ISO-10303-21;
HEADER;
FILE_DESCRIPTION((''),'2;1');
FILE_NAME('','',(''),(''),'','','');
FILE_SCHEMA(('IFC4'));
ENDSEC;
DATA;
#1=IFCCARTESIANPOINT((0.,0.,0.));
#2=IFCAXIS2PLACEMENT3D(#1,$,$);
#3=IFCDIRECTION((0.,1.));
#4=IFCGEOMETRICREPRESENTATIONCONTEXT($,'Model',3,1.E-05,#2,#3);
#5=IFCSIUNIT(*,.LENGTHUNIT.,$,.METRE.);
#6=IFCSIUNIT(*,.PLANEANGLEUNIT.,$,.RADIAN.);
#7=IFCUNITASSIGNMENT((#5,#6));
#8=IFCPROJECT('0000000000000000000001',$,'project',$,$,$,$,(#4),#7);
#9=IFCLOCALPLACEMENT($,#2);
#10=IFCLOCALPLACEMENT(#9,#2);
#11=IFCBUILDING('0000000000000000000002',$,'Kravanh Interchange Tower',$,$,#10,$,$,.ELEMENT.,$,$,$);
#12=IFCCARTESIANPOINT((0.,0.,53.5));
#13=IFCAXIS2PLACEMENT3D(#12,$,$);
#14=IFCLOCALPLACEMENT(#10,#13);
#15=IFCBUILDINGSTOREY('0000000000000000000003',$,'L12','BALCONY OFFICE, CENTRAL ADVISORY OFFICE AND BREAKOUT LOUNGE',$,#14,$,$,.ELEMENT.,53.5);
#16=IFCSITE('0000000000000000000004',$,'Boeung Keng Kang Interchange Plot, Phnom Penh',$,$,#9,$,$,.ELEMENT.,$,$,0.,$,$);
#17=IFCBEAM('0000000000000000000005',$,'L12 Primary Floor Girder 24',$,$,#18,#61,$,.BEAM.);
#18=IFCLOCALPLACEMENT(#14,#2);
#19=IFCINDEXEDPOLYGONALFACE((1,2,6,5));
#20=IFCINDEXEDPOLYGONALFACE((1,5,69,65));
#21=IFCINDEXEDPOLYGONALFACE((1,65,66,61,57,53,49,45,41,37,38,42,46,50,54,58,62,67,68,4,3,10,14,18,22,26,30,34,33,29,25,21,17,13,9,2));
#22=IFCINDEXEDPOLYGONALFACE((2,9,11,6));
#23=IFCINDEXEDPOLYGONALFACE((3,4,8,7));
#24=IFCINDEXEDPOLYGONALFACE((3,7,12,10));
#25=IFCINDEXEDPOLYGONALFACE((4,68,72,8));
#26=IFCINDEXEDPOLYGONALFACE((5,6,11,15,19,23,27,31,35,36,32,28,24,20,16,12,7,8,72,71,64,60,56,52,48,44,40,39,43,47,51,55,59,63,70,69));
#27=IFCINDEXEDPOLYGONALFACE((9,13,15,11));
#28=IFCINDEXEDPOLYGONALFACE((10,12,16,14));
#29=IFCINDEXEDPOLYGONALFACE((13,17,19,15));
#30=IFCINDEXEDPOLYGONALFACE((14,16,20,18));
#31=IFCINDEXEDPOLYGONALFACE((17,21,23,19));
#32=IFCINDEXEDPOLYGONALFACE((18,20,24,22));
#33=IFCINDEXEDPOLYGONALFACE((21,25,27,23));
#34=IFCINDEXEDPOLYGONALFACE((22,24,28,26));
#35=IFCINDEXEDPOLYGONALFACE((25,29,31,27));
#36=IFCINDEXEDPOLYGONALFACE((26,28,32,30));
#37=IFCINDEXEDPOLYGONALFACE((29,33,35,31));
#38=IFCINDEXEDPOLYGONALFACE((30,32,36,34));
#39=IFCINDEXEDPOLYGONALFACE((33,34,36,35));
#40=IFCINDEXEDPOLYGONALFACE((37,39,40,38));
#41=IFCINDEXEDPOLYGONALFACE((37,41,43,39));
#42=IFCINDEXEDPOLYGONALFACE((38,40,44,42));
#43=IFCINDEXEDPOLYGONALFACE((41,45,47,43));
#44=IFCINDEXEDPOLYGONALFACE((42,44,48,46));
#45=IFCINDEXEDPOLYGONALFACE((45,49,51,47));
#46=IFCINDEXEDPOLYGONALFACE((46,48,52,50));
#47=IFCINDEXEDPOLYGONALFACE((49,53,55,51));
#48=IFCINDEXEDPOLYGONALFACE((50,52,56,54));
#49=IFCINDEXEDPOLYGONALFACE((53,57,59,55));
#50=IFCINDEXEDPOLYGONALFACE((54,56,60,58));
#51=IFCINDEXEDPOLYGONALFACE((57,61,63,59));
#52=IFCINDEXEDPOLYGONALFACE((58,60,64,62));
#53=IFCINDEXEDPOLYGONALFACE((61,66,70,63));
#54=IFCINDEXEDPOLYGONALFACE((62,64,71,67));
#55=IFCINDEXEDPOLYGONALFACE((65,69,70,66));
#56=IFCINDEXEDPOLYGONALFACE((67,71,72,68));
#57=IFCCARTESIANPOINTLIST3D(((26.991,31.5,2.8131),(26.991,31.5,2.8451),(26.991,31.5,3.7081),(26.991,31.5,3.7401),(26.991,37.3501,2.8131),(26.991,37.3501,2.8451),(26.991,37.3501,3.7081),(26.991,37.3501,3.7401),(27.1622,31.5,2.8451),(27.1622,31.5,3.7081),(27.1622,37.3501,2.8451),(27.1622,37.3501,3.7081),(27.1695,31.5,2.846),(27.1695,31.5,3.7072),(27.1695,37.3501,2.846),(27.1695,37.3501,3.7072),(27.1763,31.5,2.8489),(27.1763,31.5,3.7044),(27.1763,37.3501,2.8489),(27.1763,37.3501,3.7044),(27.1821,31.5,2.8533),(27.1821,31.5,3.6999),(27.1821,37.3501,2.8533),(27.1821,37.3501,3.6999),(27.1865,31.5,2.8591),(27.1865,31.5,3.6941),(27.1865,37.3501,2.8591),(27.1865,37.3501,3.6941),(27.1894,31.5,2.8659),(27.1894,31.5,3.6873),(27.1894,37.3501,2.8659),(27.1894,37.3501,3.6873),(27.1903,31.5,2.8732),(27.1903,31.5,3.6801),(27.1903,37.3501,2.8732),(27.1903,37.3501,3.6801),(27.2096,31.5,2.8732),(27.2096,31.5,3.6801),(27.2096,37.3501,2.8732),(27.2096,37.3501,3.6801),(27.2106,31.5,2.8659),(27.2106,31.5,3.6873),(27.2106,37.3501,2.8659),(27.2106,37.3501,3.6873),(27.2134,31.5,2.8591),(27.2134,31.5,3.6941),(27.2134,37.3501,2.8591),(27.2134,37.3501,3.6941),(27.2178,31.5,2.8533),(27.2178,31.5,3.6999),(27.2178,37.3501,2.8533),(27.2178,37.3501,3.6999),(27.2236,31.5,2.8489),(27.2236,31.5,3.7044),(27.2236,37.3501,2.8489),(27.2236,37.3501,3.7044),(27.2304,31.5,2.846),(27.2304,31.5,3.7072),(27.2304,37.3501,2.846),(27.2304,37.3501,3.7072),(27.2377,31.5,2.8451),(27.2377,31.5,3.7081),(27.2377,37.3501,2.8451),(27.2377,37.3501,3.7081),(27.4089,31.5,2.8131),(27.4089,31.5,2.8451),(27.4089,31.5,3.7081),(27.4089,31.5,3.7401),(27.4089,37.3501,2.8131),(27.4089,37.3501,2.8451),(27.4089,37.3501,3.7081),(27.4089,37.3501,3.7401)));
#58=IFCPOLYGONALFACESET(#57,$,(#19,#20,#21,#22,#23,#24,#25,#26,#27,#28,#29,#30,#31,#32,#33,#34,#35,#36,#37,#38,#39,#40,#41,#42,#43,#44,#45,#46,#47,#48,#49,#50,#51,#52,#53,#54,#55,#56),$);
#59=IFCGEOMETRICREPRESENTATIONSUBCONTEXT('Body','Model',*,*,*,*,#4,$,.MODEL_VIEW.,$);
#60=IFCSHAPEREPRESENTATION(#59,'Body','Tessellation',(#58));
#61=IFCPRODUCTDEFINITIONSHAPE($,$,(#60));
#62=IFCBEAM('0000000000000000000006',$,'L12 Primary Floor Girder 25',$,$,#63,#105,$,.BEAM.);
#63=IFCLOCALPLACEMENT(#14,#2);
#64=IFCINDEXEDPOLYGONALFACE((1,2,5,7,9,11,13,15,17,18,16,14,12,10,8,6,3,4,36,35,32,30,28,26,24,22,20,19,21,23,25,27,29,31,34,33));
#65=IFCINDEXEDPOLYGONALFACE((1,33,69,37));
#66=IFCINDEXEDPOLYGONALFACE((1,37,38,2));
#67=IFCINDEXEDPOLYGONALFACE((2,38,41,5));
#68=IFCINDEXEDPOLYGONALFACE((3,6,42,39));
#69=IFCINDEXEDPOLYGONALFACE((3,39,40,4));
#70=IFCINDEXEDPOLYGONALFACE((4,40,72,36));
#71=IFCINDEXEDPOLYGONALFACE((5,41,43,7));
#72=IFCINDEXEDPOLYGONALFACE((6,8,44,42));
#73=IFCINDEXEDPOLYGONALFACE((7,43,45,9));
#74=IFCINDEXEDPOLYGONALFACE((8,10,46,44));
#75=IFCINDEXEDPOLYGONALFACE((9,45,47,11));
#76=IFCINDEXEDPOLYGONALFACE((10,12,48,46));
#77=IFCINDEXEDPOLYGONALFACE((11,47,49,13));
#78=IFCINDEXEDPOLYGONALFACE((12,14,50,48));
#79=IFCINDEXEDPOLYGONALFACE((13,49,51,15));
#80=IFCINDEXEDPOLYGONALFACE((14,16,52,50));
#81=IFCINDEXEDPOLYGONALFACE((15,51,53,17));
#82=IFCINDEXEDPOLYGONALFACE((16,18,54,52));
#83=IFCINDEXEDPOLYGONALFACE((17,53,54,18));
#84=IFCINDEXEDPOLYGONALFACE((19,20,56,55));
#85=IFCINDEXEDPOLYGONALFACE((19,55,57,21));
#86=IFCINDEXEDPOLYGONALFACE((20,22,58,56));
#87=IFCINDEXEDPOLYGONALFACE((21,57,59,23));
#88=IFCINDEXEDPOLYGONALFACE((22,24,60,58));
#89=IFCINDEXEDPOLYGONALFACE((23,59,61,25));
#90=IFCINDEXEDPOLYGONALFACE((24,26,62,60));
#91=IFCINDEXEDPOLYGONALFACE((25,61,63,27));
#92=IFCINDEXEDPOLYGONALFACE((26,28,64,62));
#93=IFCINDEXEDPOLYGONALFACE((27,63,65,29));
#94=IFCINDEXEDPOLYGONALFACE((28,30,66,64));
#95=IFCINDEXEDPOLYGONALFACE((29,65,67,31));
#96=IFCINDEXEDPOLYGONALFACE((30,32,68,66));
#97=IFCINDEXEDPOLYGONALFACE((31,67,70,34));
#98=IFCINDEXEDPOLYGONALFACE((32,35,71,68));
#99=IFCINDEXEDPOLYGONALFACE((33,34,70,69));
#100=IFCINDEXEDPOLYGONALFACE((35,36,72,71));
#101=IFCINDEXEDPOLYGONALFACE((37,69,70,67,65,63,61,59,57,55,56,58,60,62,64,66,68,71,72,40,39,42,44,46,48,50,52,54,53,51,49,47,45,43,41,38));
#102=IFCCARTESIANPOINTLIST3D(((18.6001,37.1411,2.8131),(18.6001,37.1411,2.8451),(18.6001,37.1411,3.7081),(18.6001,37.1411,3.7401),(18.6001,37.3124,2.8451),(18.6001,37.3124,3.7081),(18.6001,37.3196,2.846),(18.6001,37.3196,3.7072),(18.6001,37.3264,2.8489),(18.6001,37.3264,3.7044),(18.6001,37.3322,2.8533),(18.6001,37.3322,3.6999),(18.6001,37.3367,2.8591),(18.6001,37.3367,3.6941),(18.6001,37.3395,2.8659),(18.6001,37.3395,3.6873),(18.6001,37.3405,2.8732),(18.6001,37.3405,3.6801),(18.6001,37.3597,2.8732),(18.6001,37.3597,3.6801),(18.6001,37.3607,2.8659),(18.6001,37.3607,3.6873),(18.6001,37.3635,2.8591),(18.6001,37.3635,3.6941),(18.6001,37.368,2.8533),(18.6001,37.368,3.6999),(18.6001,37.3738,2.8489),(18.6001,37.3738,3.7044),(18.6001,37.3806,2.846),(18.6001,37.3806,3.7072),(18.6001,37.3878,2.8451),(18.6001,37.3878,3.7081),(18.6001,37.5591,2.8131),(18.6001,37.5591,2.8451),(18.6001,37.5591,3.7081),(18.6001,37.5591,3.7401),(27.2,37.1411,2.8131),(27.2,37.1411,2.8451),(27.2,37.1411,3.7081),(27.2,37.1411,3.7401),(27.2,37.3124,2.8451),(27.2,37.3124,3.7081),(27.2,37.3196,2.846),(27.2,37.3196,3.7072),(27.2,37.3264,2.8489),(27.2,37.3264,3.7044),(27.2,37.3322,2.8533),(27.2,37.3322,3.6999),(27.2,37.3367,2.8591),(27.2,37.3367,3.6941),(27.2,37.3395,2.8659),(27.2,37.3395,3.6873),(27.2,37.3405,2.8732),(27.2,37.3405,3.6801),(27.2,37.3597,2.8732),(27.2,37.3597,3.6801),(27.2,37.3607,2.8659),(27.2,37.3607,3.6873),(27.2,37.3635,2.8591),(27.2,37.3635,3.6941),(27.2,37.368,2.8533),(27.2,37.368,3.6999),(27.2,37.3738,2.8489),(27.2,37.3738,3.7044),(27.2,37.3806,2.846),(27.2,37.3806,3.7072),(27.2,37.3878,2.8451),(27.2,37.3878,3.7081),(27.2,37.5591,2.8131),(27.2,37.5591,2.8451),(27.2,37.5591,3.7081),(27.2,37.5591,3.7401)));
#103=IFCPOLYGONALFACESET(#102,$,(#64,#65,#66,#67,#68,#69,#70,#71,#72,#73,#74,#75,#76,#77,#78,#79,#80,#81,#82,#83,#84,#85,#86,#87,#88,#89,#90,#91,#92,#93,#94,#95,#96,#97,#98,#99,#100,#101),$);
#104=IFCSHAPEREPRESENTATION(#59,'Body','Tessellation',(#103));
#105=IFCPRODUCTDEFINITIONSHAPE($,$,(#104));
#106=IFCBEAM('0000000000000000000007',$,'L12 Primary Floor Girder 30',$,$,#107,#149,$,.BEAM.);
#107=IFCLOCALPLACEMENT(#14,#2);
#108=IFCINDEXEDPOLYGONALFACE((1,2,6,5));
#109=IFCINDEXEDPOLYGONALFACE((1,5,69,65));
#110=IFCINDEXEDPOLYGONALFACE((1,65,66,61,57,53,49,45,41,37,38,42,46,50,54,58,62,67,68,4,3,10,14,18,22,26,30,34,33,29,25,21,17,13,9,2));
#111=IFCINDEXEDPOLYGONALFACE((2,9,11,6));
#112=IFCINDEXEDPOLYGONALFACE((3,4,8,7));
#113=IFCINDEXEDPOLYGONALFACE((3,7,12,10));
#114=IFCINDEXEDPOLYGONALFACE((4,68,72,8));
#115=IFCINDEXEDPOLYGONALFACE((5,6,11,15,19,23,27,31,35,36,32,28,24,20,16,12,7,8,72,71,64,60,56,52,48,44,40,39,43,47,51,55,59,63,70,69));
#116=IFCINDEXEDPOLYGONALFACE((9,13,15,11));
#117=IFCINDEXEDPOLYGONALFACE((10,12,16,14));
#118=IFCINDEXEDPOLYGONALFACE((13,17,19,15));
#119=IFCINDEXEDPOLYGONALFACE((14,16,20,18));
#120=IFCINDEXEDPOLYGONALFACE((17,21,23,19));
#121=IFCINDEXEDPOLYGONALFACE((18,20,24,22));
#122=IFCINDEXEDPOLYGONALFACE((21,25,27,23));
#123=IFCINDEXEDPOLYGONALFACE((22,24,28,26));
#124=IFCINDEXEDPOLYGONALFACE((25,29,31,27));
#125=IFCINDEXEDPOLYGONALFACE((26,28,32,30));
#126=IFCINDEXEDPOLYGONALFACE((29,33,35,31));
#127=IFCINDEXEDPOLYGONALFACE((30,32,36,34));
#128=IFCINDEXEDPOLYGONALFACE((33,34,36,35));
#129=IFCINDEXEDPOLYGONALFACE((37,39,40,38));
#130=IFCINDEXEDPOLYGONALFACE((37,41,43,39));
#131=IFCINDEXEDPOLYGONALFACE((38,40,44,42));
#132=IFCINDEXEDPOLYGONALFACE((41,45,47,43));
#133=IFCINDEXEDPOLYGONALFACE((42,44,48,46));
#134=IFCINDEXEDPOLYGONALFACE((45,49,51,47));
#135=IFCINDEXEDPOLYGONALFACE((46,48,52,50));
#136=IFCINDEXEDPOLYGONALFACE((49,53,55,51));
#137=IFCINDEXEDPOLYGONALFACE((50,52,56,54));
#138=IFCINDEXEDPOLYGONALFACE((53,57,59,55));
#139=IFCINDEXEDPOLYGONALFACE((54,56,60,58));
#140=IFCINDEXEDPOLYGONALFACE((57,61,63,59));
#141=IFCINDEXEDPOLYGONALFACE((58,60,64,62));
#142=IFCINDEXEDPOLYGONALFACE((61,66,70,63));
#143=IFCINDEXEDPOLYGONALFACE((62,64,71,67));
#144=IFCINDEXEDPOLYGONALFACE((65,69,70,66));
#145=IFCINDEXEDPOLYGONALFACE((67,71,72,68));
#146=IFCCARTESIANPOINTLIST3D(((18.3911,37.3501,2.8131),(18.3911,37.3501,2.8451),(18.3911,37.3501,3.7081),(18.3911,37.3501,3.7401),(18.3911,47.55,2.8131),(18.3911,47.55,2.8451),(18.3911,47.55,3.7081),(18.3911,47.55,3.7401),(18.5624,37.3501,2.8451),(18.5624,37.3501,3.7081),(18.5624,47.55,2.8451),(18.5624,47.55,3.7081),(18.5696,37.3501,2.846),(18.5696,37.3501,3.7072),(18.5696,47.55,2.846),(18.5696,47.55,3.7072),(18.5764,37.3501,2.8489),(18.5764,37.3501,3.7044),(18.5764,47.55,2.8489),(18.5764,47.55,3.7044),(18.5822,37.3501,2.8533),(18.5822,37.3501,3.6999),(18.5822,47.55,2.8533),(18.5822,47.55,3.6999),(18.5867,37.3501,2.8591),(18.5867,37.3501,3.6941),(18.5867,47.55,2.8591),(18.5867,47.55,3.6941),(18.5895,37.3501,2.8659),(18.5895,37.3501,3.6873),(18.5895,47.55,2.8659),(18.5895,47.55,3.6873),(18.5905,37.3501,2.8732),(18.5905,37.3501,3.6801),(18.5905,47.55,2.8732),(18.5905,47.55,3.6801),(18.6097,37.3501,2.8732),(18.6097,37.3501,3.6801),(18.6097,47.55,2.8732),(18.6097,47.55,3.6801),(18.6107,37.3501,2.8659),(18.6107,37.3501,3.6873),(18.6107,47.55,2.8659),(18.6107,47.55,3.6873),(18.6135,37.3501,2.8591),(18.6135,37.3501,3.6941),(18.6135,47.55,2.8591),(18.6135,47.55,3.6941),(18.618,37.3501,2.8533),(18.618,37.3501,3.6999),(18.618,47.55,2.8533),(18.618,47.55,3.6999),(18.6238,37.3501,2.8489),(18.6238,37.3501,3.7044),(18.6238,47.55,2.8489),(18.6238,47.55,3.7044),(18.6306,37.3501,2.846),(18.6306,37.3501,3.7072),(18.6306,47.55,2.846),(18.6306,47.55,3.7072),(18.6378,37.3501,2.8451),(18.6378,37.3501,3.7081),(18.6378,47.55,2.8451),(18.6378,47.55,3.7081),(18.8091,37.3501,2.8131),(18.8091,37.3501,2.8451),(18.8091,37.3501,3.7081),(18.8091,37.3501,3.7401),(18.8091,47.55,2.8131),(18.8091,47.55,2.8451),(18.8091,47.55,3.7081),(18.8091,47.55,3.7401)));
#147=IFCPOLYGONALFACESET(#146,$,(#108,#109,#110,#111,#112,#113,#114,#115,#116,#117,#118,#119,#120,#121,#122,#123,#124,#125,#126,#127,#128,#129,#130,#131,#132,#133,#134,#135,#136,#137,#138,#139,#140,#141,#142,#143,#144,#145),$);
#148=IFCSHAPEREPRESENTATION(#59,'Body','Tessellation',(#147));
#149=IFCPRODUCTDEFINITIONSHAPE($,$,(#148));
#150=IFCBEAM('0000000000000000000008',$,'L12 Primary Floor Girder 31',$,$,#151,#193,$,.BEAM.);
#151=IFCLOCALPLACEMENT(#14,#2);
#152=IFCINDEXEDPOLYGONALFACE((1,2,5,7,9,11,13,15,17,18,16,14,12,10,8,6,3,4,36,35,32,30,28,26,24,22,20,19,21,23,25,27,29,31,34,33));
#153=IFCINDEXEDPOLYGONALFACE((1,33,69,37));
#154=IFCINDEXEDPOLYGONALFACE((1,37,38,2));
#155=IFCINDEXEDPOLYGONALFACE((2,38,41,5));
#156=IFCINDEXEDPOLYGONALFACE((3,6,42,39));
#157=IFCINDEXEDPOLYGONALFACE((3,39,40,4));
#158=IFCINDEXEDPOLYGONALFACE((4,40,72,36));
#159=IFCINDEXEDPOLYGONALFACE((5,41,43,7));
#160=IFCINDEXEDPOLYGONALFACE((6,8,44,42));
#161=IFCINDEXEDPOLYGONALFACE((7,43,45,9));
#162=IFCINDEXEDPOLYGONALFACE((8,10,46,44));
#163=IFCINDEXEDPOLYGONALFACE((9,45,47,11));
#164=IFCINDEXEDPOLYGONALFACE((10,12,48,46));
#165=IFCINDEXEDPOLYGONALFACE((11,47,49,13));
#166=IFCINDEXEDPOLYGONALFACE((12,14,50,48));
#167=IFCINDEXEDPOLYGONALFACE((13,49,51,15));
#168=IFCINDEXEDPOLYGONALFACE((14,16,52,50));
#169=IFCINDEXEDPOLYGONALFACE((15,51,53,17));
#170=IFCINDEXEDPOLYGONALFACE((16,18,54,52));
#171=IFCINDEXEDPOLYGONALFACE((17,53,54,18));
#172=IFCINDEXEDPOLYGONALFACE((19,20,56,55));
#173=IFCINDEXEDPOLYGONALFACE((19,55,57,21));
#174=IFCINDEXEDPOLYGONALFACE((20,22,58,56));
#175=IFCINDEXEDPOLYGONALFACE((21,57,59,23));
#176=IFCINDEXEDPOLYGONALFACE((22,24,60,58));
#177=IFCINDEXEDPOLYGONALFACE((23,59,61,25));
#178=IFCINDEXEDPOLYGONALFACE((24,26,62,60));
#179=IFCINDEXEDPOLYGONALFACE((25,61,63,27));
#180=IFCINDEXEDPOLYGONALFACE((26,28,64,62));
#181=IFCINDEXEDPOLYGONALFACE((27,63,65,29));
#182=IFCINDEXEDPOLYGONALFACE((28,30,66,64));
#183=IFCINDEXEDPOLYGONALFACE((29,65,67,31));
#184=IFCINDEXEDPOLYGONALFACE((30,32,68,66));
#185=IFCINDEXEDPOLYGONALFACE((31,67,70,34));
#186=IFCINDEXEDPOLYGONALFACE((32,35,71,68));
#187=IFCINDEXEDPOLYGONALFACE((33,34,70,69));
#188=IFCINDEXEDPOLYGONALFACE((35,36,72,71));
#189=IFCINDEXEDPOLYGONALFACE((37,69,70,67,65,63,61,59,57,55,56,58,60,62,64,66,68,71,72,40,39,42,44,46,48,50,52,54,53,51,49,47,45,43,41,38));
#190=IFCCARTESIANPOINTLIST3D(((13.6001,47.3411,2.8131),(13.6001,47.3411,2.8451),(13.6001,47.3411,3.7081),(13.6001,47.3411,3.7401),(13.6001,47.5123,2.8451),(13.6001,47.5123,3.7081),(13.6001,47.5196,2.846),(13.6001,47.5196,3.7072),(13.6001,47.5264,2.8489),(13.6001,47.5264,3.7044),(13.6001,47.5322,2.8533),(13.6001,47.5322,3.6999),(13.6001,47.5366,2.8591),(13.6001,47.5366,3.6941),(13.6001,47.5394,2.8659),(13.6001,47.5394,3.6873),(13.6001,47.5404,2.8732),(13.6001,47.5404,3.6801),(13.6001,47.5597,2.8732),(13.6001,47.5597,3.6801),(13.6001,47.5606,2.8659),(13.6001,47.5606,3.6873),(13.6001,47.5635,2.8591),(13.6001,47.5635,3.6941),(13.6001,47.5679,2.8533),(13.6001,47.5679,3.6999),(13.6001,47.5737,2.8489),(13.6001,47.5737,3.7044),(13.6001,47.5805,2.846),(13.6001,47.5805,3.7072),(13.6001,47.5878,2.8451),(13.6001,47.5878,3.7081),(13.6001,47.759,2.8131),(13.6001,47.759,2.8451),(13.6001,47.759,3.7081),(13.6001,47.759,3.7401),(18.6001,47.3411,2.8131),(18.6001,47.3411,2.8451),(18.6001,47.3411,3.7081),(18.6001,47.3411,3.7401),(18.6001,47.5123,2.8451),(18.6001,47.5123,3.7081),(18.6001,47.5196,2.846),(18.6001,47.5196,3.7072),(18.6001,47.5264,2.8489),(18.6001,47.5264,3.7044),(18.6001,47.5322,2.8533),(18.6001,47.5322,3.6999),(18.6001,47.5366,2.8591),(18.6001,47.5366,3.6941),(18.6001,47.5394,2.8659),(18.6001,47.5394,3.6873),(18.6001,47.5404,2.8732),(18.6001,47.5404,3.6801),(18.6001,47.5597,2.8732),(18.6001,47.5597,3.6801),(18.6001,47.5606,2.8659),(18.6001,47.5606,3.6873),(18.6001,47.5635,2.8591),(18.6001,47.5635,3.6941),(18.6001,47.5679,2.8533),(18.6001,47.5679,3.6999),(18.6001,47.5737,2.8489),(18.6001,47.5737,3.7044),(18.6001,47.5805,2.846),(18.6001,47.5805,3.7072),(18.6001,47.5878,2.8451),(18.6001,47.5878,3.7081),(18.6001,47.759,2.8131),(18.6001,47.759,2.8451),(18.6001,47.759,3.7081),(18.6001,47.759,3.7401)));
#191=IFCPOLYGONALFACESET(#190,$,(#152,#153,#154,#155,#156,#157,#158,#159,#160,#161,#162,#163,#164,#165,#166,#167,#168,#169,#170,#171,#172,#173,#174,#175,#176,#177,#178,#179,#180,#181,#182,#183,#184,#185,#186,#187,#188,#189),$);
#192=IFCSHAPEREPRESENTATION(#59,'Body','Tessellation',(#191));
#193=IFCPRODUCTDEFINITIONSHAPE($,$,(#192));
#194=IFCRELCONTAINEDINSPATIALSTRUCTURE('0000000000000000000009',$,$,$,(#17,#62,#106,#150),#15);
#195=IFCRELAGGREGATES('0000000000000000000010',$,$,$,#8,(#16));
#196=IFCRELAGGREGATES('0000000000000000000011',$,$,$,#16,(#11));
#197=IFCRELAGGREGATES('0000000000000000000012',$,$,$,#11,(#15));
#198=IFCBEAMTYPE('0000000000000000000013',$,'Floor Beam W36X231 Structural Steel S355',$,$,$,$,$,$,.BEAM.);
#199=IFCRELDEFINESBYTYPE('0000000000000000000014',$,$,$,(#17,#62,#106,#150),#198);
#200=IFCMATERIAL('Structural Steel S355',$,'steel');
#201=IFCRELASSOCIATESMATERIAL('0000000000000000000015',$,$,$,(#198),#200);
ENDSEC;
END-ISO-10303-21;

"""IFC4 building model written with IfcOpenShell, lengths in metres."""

from ifc_helpers import new_model, si_unit, direction, frame, origin, origin_2d, place, context, subcontext, project, spatial, i_section, extrude, material, material_profile, profile_set, type_object, element, save


model = new_model("IFC4")

# Units and contexts
model_context = context("Model", 3, precision=1e-05, world=origin(), true_north=direction((0.0, 1.0)))
body_context = subcontext(model_context, "Body", "Model", "MODEL_VIEW")
ifc_project = project(units=[si_unit("LENGTHUNIT", "METRE"), si_unit("PLANEANGLEUNIT", "RADIAN")], contexts=[model_context])

# Site, building, storey
site_placement = place(None, origin())
site = spatial("IfcSite", under=ifc_project, at=site_placement, Name="Boeung Keng Kang Interchange Plot, Phnom Penh", CompositionType="ELEMENT", RefElevation=0.0)
building_placement = place(site_placement, origin())
building = spatial("IfcBuilding", under=site, at=building_placement, Name="Kravanh Interchange Tower", CompositionType="ELEMENT")
storey_placement = place(building_placement, frame((0.0, 0.0, 53.5)))
storey = spatial("IfcBuildingStorey", under=building, at=storey_placement, Name="L12", Description="BALCONY OFFICE, CENTRAL ADVISORY OFFICE AND BREAKOUT LOUNGE", CompositionType="ELEMENT", Elevation=53.5)

# Beams
ifc_material_1 = material(Name="Structural Steel S355", Category="steel")
ifc_material_profile_1 = material_profile(ifc_material_1, i_section(OverallWidth=0.418, OverallDepth=0.927, WebThickness=0.0193, FlangeThickness=0.032, FilletRadius=0.0281, at=origin_2d()), Name="W36X231")
ifc_profile_set_1 = profile_set([ifc_material_profile_1], Name="Structural Steel S355")
beam_type = type_object("IfcBeamType", Name="Floor Beam W36X231 Structural Steel S355", PredefinedType="BEAM", material=ifc_profile_set_1)
beam_1_placement = place(storey_placement, frame((27.2, 37.3501, 3.2766), z_axis=(0.0, -1.0, 0.0), x_axis=(1.0, 0.0, 0.0)))
element("IfcBeam", 1, at=beam_1_placement, inside=storey, type_object=beam_type, Name="L12 Primary Floor Girder 24", PredefinedType="BEAM", context=body_context, shape_type="SweptSolid", body=[
    extrude(i_section(OverallWidth=0.418, OverallDepth=0.927, WebThickness=0.0193, FlangeThickness=0.032, FilletRadius=0.0281, at=origin_2d()), origin(), (0.0, 0.0, 1.0), 5.8501),
])
beam_2_placement = place(storey_placement, frame((27.2, 37.3501, 3.2766), z_axis=(-1.0, 0.0, 0.0), x_axis=(0.0, -1.0, 0.0)))
element("IfcBeam", 2, at=beam_2_placement, inside=storey, type_object=beam_type, Name="L12 Primary Floor Girder 25", PredefinedType="BEAM", context=body_context, shape_type="SweptSolid", body=[
    extrude(i_section(OverallWidth=0.418, OverallDepth=0.927, WebThickness=0.0193, FlangeThickness=0.032, FilletRadius=0.0281, at=origin_2d()), origin(), (0.0, 0.0, 1.0), 8.5999),
])
beam_3_placement = place(storey_placement, frame((18.6001, 37.3501, 3.2766), z_axis=(0.0, 1.0, 0.0), x_axis=(-1.0, 0.0, 0.0)))
element("IfcBeam", 3, at=beam_3_placement, inside=storey, type_object=beam_type, Name="L12 Primary Floor Girder 30", PredefinedType="BEAM", context=body_context, shape_type="SweptSolid", body=[
    extrude(i_section(OverallWidth=0.418, OverallDepth=0.927, WebThickness=0.0193, FlangeThickness=0.032, FilletRadius=0.0281, at=origin_2d()), origin(), (0.0, 0.0, 1.0), 10.2),
])
beam_4_placement = place(storey_placement, frame((18.6001, 47.55, 3.2766), z_axis=(-1.0, 0.0, 0.0), x_axis=(0.0, -1.0, 0.0)))
element("IfcBeam", 4, at=beam_4_placement, inside=storey, type_object=beam_type, Name="L12 Primary Floor Girder 31", PredefinedType="BEAM", context=body_context, shape_type="SweptSolid", body=[
    extrude(i_section(OverallWidth=0.418, OverallDepth=0.927, WebThickness=0.0193, FlangeThickness=0.032, FilletRadius=0.0281, at=origin_2d()), origin(), (0.0, 0.0, 1.0), 5.0),
])

save(model, "model.ifc")
